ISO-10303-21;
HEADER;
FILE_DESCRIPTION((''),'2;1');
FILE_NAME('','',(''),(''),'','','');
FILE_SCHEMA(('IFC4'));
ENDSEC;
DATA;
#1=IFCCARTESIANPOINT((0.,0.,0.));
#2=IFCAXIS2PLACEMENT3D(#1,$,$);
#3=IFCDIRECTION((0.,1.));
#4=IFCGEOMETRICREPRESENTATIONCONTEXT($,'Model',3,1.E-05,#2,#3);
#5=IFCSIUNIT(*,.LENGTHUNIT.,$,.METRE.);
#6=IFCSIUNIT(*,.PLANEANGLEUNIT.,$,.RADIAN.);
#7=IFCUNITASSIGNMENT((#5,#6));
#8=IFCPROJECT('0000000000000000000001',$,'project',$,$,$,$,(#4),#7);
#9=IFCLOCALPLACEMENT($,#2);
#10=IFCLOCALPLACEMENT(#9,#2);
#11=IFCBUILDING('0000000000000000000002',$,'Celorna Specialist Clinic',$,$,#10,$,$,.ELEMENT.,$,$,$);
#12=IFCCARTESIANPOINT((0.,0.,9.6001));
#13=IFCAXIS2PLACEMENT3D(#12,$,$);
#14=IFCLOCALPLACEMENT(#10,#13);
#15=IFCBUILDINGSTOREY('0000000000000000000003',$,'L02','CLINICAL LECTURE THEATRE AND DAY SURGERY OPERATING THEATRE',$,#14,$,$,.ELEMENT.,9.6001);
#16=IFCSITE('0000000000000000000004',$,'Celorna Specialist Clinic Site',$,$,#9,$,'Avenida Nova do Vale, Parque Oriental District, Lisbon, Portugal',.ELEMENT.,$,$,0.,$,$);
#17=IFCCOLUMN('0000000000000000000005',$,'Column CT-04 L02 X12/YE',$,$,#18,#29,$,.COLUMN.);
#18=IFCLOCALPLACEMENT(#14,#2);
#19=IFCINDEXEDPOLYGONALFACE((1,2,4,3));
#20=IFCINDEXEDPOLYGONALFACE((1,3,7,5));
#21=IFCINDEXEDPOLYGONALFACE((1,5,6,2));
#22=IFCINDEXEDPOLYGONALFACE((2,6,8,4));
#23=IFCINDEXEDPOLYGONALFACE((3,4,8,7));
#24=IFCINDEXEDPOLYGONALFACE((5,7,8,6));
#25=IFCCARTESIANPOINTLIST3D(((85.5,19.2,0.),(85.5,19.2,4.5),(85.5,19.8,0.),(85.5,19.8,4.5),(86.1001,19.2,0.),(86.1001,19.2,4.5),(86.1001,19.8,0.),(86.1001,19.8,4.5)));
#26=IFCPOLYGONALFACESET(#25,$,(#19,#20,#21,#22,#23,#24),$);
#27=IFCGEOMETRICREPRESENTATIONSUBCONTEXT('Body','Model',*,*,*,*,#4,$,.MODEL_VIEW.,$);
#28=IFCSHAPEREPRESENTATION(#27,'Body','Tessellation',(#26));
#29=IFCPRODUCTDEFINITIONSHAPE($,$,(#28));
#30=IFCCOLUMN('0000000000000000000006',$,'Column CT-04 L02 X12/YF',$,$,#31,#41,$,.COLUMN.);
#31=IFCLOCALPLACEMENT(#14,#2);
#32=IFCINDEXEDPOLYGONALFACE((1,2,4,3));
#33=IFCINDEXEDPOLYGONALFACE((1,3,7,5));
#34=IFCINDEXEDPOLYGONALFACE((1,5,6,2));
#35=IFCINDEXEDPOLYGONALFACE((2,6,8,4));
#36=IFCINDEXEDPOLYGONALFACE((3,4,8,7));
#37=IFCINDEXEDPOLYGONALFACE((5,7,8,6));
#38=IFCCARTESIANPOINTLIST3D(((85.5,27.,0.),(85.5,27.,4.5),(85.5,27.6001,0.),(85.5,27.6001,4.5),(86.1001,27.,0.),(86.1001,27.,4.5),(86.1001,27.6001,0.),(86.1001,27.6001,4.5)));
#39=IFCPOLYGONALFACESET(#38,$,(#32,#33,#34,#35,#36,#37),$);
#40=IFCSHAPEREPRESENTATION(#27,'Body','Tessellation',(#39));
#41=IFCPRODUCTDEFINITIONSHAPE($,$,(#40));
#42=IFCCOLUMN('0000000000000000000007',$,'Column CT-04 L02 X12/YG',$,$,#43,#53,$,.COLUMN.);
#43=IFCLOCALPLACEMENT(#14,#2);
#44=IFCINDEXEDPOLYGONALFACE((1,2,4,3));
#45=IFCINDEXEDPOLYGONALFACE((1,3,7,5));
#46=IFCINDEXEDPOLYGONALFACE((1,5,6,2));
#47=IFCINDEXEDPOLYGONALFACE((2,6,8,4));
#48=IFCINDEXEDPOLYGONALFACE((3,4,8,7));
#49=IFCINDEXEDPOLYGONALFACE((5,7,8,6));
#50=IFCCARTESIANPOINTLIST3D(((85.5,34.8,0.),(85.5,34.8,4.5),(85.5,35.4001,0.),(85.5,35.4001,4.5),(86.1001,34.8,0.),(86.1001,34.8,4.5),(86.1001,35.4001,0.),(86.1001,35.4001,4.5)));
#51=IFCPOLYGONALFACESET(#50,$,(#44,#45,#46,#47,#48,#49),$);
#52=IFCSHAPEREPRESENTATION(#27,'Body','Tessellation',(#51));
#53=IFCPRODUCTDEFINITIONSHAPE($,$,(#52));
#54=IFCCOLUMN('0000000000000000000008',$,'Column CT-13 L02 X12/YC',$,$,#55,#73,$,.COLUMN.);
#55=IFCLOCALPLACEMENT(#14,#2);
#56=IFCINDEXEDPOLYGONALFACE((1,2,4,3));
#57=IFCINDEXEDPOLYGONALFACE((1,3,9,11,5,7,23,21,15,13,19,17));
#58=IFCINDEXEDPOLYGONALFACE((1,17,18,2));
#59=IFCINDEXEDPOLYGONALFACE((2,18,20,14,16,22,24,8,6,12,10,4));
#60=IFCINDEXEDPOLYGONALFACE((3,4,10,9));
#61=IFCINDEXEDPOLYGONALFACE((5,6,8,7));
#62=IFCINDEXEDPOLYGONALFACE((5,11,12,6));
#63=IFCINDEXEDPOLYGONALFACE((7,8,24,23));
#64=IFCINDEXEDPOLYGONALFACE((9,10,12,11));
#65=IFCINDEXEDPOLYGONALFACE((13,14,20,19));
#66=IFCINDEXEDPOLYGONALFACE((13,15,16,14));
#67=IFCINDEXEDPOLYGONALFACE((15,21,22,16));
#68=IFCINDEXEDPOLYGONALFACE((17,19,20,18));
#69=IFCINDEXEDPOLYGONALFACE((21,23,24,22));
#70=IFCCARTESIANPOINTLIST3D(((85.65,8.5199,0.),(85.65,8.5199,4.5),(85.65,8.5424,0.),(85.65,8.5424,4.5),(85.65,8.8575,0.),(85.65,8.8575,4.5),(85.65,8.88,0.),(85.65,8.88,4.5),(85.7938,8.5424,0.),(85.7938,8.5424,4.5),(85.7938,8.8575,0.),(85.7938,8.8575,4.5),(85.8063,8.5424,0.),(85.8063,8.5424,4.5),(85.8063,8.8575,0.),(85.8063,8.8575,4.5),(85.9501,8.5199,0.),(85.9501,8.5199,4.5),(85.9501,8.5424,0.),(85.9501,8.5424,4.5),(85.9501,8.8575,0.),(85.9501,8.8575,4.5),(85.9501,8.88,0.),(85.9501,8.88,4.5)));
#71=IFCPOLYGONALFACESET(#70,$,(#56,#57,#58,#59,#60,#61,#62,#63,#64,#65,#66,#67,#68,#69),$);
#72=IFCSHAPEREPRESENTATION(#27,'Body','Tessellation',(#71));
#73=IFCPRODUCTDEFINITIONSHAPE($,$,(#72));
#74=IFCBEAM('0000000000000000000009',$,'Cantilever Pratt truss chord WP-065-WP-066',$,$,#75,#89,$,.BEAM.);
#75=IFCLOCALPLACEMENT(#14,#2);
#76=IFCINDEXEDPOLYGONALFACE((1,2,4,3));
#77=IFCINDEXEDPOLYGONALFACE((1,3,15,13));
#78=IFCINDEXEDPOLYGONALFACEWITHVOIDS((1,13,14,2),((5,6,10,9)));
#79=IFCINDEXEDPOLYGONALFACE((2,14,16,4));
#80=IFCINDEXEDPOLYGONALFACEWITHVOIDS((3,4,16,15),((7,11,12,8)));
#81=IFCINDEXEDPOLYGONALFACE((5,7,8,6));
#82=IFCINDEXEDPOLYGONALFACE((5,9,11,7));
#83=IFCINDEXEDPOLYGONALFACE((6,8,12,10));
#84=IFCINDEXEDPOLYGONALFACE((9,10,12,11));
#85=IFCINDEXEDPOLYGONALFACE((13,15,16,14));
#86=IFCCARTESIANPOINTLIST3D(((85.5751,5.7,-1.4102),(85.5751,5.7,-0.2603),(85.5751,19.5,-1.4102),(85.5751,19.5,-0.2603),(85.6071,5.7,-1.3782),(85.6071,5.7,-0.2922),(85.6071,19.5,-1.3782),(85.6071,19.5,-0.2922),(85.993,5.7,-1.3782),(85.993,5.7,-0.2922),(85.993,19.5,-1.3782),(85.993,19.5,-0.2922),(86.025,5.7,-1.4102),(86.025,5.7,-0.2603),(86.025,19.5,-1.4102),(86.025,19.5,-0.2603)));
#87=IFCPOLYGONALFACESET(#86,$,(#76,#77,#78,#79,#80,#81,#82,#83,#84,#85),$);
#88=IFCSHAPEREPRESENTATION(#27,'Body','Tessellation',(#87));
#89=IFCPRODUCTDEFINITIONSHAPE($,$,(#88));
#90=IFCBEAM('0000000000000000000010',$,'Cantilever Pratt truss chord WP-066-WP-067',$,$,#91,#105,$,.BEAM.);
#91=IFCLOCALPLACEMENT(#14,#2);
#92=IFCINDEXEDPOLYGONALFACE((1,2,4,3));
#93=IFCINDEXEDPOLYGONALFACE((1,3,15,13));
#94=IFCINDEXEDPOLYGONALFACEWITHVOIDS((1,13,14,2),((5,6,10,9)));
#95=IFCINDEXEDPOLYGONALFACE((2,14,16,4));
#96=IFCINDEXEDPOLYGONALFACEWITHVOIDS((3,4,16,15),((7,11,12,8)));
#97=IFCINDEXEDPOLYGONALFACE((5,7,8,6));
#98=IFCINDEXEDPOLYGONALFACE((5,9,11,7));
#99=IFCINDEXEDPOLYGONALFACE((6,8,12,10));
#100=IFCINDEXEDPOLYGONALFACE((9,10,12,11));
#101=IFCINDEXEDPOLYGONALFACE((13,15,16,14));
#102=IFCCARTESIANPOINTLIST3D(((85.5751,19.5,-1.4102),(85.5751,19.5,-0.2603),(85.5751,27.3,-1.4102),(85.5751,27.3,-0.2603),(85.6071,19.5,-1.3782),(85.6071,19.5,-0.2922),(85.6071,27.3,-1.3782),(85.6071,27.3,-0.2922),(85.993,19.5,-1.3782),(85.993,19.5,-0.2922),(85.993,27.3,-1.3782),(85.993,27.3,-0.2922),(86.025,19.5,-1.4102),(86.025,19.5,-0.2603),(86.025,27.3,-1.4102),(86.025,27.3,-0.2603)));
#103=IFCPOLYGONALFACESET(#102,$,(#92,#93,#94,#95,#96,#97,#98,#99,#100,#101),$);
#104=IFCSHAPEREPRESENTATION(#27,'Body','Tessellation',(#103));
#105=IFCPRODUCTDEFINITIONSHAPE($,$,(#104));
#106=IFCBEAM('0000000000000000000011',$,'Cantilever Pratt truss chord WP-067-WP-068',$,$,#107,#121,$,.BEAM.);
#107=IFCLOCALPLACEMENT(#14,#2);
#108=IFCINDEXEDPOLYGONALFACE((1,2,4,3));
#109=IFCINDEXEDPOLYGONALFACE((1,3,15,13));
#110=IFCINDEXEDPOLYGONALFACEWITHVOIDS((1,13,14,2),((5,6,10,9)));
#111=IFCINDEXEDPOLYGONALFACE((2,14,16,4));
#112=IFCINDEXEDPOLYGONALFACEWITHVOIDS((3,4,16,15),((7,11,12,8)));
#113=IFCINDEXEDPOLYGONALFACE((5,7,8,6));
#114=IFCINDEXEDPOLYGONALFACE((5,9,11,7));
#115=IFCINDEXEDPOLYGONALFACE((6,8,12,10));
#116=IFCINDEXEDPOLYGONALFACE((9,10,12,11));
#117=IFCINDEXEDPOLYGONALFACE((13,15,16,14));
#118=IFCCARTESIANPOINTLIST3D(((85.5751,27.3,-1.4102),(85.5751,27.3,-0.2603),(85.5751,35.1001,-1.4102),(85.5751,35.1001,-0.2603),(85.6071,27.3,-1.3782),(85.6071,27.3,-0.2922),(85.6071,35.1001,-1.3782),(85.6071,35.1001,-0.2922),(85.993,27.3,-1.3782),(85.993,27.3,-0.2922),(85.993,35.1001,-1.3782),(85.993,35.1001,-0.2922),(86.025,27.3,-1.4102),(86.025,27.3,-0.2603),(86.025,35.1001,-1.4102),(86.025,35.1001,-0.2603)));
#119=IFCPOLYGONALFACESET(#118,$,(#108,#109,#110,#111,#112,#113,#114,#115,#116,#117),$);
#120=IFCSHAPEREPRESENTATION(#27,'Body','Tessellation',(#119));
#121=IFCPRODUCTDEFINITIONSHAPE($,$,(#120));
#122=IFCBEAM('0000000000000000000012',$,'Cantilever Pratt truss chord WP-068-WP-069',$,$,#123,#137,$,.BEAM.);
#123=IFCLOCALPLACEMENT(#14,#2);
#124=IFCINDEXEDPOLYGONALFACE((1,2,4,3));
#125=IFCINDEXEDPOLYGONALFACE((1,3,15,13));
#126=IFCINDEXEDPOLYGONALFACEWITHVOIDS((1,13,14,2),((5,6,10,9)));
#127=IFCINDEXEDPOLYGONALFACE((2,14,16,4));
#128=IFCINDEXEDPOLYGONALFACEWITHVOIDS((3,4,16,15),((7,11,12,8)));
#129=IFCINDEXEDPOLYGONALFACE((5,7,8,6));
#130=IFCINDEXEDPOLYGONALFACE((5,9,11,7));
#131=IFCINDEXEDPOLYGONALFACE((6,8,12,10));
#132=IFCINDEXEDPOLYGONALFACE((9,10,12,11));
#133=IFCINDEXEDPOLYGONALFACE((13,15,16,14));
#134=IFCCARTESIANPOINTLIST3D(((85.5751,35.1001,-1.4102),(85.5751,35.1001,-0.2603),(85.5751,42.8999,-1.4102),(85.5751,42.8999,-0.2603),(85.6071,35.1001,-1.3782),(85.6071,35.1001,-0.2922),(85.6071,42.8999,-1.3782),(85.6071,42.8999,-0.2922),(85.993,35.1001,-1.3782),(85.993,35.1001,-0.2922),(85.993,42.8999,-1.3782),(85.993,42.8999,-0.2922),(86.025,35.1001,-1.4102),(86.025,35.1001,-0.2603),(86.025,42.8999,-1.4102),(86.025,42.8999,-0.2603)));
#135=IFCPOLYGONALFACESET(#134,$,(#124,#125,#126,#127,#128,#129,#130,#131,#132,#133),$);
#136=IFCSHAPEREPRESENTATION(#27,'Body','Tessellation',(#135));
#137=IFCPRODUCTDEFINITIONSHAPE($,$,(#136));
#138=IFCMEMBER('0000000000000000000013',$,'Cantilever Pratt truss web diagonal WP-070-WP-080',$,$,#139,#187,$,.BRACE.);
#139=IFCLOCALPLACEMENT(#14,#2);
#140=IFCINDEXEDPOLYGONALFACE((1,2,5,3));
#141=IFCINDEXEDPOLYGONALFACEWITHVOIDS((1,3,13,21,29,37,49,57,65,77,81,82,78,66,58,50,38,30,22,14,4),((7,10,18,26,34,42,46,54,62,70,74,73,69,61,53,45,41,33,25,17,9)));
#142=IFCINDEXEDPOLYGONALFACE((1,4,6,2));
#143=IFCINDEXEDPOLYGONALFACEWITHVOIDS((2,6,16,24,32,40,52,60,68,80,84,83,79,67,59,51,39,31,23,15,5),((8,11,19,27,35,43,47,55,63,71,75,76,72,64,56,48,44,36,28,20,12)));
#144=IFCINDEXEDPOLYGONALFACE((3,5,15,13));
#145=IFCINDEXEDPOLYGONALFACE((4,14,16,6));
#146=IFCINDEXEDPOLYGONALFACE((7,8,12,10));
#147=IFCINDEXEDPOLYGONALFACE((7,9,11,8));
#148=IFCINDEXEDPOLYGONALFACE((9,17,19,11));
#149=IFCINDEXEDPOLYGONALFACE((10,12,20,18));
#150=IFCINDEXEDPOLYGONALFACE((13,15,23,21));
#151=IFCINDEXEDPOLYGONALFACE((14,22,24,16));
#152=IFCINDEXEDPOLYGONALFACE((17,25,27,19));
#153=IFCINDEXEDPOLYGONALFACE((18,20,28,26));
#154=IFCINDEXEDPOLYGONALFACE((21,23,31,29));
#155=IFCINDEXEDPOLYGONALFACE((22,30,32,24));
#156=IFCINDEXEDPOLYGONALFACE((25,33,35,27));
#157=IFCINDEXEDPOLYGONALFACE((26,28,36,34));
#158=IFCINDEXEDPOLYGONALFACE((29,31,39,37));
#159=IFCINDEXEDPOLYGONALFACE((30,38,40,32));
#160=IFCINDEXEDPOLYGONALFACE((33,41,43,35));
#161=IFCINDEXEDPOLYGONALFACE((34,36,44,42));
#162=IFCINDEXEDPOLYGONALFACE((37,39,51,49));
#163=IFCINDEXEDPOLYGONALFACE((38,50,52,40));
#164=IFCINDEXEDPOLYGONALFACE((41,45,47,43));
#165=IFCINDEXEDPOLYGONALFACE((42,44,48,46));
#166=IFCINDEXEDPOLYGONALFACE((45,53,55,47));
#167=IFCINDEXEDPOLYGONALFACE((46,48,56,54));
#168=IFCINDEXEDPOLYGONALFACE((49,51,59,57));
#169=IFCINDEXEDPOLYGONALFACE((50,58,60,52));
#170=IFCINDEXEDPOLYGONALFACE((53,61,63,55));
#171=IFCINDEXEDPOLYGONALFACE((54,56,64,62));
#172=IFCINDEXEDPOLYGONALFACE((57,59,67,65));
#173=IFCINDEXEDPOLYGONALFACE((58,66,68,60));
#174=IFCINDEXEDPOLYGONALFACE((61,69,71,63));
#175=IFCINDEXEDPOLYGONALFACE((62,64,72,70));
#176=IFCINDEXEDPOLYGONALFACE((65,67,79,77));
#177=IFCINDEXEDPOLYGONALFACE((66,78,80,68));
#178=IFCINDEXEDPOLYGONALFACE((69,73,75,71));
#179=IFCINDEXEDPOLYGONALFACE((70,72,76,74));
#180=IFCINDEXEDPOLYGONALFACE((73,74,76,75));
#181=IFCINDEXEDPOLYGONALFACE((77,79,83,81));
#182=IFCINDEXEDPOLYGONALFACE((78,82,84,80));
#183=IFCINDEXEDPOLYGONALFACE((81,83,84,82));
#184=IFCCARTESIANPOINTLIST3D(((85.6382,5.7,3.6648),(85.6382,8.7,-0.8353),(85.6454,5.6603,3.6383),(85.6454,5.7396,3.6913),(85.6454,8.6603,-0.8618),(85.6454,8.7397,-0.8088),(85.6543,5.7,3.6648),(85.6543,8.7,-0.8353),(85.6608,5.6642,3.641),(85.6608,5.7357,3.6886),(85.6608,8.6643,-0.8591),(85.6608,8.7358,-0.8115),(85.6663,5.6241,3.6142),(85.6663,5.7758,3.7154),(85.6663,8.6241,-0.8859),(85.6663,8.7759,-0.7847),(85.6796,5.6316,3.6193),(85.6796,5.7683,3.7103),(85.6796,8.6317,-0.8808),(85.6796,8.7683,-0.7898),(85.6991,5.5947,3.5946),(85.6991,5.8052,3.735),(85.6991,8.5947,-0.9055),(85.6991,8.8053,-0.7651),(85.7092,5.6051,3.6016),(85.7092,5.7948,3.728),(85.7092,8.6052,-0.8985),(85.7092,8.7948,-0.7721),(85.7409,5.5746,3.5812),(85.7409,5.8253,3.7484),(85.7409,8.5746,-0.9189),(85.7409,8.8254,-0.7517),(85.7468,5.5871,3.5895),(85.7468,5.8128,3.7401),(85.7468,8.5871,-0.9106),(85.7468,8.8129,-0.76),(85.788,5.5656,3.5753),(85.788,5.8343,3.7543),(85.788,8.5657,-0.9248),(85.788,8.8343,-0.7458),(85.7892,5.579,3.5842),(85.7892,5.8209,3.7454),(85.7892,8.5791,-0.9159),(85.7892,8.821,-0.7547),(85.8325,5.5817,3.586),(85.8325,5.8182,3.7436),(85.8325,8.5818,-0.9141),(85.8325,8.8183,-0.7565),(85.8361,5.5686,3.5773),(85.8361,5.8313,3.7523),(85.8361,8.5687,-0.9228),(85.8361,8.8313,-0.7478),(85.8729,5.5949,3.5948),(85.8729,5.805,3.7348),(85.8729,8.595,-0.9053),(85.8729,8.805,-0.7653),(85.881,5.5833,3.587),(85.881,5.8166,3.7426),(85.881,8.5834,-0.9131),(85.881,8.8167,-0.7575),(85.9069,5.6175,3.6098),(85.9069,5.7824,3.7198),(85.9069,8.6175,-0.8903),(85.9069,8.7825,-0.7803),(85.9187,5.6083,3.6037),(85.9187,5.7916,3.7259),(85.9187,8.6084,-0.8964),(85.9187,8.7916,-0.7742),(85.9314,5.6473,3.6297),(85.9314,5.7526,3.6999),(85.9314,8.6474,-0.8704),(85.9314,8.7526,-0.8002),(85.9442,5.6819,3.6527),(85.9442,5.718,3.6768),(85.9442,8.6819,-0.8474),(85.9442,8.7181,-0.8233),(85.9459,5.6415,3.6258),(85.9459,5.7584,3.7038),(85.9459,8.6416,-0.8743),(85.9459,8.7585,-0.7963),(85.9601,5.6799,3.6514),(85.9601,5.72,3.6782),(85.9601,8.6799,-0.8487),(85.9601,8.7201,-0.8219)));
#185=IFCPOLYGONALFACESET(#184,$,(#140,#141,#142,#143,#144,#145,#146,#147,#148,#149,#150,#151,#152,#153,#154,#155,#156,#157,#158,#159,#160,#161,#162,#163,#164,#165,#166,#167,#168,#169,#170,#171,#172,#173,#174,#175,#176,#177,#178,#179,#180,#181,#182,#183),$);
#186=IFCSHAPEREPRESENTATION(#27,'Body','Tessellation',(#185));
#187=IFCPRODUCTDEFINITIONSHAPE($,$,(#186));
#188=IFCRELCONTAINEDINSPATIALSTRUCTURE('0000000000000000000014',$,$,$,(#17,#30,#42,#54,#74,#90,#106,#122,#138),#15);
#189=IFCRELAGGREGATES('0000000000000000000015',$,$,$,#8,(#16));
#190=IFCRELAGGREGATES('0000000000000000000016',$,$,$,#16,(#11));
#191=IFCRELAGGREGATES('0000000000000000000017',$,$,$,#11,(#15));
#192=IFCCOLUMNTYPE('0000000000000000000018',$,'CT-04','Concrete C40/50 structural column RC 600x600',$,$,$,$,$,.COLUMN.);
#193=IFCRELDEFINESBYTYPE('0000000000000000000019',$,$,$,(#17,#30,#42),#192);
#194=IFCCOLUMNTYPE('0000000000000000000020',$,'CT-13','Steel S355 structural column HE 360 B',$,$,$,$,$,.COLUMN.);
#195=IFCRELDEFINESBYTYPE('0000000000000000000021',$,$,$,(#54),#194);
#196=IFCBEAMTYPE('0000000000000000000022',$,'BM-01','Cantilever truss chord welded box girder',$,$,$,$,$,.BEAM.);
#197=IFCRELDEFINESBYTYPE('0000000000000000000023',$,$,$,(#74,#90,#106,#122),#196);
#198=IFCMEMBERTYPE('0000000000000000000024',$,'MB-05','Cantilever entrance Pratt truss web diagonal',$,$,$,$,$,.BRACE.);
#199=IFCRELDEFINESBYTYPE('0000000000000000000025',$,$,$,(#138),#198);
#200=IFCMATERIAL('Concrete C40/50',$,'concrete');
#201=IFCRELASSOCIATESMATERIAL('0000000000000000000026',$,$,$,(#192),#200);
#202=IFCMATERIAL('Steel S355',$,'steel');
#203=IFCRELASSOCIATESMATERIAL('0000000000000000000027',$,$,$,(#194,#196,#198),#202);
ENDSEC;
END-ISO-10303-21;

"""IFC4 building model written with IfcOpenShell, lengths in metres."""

from ifc_helpers import new_model, si_unit, direction, frame, origin, origin_2d, place, context, subcontext, project, spatial, rectangle, hollow_rectangle, hollow_circle, i_section, extrude, material, material_profile, profile_set, type_object, element, save


model = new_model("IFC4")

# Units and contexts
model_context = context("Model", 3, precision=1e-05, world=origin(), true_north=direction((0.0, 1.0)))
body_context = subcontext(model_context, "Body", "Model", "MODEL_VIEW")
ifc_project = project(units=[si_unit("LENGTHUNIT", "METRE"), si_unit("PLANEANGLEUNIT", "RADIAN")], contexts=[model_context])

# Site, building, storey
site_placement = place(None, origin())
site = spatial("IfcSite", under=ifc_project, at=site_placement, Name="Celorna Specialist Clinic Site", LongName="Avenida Nova do Vale, Parque Oriental District, Lisbon, Portugal", CompositionType="ELEMENT", RefElevation=0.0)
building_placement = place(site_placement, origin())
building = spatial("IfcBuilding", under=site, at=building_placement, Name="Celorna Specialist Clinic", CompositionType="ELEMENT")
storey_placement = place(building_placement, frame((0.0, 0.0, 9.6001)))
storey = spatial("IfcBuildingStorey", under=building, at=storey_placement, Name="L02", Description="CLINICAL LECTURE THEATRE AND DAY SURGERY OPERATING THEATRE", CompositionType="ELEMENT", Elevation=9.6001)

# Columns
ifc_material_1 = material(Name="Concrete C40/50", Category="concrete")
ifc_material_profile_1 = material_profile(ifc_material_1, rectangle(XDim=0.6001, YDim=0.6001, at=origin_2d()), Name="RC 600x600")
ifc_profile_set_1 = profile_set([ifc_material_profile_1], Name="Concrete C40/50")
column_type_1 = type_object("IfcColumnType", Name="CT-04", Description="Concrete C40/50 structural column RC 600x600", PredefinedType="COLUMN", material=ifc_profile_set_1)
for number, where, z_axis, x_axis, name in (
    (1, (85.8, 19.5, 0.0), (0.0, 0.0, 1.0), (1.0, 0.0, 0.0), "Column CT-04 L02 X12/YE"),
    (2, (85.8, 27.3, 0.0), (0.0, 0.0, 1.0), (1.0, 0.0, 0.0), "Column CT-04 L02 X12/YF"),
    (3, (85.8, 35.1001, 0.0), (0.0, 0.0, 1.0), (1.0, 0.0, 0.0), "Column CT-04 L02 X12/YG"),
):
    element("IfcColumn", number, at=place(storey_placement, frame(where, z_axis=z_axis, x_axis=x_axis)), inside=storey, type_object=column_type_1, Name=name, PredefinedType="COLUMN", context=body_context, shape_type="SweptSolid", body=[
        extrude(rectangle(XDim=0.6001, YDim=0.6001, at=origin_2d()), origin(), (0.0, 0.0, 1.0), 4.5),
    ])
ifc_material_2 = material(Name="Steel S355", Category="steel")
ifc_material_profile_2 = material_profile(ifc_material_2, i_section(OverallWidth=0.3, OverallDepth=0.3601, WebThickness=0.0125, FlangeThickness=0.0225, at=origin_2d()), Name="HE 360 B")
ifc_profile_set_2 = profile_set([ifc_material_profile_2], Name="Steel S355")
column_type_2 = type_object("IfcColumnType", Name="CT-13", Description="Steel S355 structural column HE 360 B", PredefinedType="COLUMN", material=ifc_profile_set_2)
column_placement = place(storey_placement, frame((85.8, 8.7, 0.0), z_axis=(0.0, 0.0, 1.0), x_axis=(1.0, 0.0, 0.0)))
element("IfcColumn", 4, at=column_placement, inside=storey, type_object=column_type_2, Name="Column CT-13 L02 X12/YC", PredefinedType="COLUMN", context=body_context, shape_type="SweptSolid", body=[
    extrude(i_section(OverallWidth=0.3, OverallDepth=0.3601, WebThickness=0.0125, FlangeThickness=0.0225, at=origin_2d()), origin(), (0.0, 0.0, 1.0), 4.5),
])

# Beams
ifc_material_profile_3 = material_profile(ifc_material_2, hollow_rectangle(XDim=0.45, YDim=1.1499, WallThickness=0.032, at=origin_2d()), Name="BOX 450x1150x32")
ifc_profile_set_3 = profile_set([ifc_material_profile_3], Name="Steel S355")
beam_type = type_object("IfcBeamType", Name="BM-01", Description="Cantilever truss chord welded box girder", PredefinedType="BEAM", material=ifc_profile_set_3)
beam_1_placement = place(storey_placement, frame((85.8, 5.7, -0.8352), z_axis=(0.0, 1.0, 0.0), x_axis=(-1.0, 0.0, 0.0)))
element("IfcBeam", 5, at=beam_1_placement, inside=storey, type_object=beam_type, Name="Cantilever Pratt truss chord WP-065-WP-066", PredefinedType="BEAM", context=body_context, shape_type="SweptSolid", body=[
    extrude(hollow_rectangle(XDim=0.45, YDim=1.1499, WallThickness=0.032, at=origin_2d()), origin(), (0.0, 0.0, 1.0), 13.8),
])
for number, where, z_axis, x_axis, name in (
    (6, (85.8, 19.5, -0.8352), (0.0, 1.0, 0.0), (-1.0, 0.0, 0.0), "Cantilever Pratt truss chord WP-066-WP-067"),
    (7, (85.8, 27.3, -0.8352), (0.0, 1.0, 0.0), (-1.0, 0.0, 0.0), "Cantilever Pratt truss chord WP-067-WP-068"),
):
    element("IfcBeam", number, at=place(storey_placement, frame(where, z_axis=z_axis, x_axis=x_axis)), inside=storey, type_object=beam_type, Name=name, PredefinedType="BEAM", context=body_context, shape_type="SweptSolid", body=[
        extrude(hollow_rectangle(XDim=0.45, YDim=1.1499, WallThickness=0.032, at=origin_2d()), origin(), (0.0, 0.0, 1.0), 7.8),
    ])
beam_2_placement = place(storey_placement, frame((85.8, 35.1001, -0.8352), z_axis=(0.0, 1.0, 0.0), x_axis=(-1.0, 0.0, 0.0)))
element("IfcBeam", 8, at=beam_2_placement, inside=storey, type_object=beam_type, Name="Cantilever Pratt truss chord WP-068-WP-069", PredefinedType="BEAM", context=body_context, shape_type="SweptSolid", body=[
    extrude(hollow_rectangle(XDim=0.45, YDim=1.1499, WallThickness=0.032, at=origin_2d()), origin(), (0.0, 0.0, 1.0), 7.7998),
])

# Member
ifc_material_profile_4 = material_profile(ifc_material_2, hollow_circle(Radius=0.1619, WallThickness=0.0161, at=origin_2d()), Name="CHS 323.9x16")
ifc_profile_set_4 = profile_set([ifc_material_profile_4], Name="Steel S355")
member_type_1 = type_object("IfcMemberType", Name="MB-05", Description="Cantilever entrance Pratt truss web diagonal", PredefinedType="BRACE", material=ifc_profile_set_4)
member_1_placement = place(storey_placement, frame((85.8, 5.7, 3.6648), z_axis=(0.0, 0.5547, -0.83205), x_axis=(-1.0, 0.0, 0.0)))
element("IfcMember", 9, at=member_1_placement, inside=storey, type_object=member_type_1, Name="Cantilever Pratt truss web diagonal WP-070-WP-080", PredefinedType="BRACE", context=body_context, shape_type="SweptSolid", body=[
    extrude(hollow_circle(Radius=0.1619, WallThickness=0.0161, at=origin_2d()), origin(), (0.0, 0.0, 1.0), 5.4084),
])

save(model, "model.ifc")
